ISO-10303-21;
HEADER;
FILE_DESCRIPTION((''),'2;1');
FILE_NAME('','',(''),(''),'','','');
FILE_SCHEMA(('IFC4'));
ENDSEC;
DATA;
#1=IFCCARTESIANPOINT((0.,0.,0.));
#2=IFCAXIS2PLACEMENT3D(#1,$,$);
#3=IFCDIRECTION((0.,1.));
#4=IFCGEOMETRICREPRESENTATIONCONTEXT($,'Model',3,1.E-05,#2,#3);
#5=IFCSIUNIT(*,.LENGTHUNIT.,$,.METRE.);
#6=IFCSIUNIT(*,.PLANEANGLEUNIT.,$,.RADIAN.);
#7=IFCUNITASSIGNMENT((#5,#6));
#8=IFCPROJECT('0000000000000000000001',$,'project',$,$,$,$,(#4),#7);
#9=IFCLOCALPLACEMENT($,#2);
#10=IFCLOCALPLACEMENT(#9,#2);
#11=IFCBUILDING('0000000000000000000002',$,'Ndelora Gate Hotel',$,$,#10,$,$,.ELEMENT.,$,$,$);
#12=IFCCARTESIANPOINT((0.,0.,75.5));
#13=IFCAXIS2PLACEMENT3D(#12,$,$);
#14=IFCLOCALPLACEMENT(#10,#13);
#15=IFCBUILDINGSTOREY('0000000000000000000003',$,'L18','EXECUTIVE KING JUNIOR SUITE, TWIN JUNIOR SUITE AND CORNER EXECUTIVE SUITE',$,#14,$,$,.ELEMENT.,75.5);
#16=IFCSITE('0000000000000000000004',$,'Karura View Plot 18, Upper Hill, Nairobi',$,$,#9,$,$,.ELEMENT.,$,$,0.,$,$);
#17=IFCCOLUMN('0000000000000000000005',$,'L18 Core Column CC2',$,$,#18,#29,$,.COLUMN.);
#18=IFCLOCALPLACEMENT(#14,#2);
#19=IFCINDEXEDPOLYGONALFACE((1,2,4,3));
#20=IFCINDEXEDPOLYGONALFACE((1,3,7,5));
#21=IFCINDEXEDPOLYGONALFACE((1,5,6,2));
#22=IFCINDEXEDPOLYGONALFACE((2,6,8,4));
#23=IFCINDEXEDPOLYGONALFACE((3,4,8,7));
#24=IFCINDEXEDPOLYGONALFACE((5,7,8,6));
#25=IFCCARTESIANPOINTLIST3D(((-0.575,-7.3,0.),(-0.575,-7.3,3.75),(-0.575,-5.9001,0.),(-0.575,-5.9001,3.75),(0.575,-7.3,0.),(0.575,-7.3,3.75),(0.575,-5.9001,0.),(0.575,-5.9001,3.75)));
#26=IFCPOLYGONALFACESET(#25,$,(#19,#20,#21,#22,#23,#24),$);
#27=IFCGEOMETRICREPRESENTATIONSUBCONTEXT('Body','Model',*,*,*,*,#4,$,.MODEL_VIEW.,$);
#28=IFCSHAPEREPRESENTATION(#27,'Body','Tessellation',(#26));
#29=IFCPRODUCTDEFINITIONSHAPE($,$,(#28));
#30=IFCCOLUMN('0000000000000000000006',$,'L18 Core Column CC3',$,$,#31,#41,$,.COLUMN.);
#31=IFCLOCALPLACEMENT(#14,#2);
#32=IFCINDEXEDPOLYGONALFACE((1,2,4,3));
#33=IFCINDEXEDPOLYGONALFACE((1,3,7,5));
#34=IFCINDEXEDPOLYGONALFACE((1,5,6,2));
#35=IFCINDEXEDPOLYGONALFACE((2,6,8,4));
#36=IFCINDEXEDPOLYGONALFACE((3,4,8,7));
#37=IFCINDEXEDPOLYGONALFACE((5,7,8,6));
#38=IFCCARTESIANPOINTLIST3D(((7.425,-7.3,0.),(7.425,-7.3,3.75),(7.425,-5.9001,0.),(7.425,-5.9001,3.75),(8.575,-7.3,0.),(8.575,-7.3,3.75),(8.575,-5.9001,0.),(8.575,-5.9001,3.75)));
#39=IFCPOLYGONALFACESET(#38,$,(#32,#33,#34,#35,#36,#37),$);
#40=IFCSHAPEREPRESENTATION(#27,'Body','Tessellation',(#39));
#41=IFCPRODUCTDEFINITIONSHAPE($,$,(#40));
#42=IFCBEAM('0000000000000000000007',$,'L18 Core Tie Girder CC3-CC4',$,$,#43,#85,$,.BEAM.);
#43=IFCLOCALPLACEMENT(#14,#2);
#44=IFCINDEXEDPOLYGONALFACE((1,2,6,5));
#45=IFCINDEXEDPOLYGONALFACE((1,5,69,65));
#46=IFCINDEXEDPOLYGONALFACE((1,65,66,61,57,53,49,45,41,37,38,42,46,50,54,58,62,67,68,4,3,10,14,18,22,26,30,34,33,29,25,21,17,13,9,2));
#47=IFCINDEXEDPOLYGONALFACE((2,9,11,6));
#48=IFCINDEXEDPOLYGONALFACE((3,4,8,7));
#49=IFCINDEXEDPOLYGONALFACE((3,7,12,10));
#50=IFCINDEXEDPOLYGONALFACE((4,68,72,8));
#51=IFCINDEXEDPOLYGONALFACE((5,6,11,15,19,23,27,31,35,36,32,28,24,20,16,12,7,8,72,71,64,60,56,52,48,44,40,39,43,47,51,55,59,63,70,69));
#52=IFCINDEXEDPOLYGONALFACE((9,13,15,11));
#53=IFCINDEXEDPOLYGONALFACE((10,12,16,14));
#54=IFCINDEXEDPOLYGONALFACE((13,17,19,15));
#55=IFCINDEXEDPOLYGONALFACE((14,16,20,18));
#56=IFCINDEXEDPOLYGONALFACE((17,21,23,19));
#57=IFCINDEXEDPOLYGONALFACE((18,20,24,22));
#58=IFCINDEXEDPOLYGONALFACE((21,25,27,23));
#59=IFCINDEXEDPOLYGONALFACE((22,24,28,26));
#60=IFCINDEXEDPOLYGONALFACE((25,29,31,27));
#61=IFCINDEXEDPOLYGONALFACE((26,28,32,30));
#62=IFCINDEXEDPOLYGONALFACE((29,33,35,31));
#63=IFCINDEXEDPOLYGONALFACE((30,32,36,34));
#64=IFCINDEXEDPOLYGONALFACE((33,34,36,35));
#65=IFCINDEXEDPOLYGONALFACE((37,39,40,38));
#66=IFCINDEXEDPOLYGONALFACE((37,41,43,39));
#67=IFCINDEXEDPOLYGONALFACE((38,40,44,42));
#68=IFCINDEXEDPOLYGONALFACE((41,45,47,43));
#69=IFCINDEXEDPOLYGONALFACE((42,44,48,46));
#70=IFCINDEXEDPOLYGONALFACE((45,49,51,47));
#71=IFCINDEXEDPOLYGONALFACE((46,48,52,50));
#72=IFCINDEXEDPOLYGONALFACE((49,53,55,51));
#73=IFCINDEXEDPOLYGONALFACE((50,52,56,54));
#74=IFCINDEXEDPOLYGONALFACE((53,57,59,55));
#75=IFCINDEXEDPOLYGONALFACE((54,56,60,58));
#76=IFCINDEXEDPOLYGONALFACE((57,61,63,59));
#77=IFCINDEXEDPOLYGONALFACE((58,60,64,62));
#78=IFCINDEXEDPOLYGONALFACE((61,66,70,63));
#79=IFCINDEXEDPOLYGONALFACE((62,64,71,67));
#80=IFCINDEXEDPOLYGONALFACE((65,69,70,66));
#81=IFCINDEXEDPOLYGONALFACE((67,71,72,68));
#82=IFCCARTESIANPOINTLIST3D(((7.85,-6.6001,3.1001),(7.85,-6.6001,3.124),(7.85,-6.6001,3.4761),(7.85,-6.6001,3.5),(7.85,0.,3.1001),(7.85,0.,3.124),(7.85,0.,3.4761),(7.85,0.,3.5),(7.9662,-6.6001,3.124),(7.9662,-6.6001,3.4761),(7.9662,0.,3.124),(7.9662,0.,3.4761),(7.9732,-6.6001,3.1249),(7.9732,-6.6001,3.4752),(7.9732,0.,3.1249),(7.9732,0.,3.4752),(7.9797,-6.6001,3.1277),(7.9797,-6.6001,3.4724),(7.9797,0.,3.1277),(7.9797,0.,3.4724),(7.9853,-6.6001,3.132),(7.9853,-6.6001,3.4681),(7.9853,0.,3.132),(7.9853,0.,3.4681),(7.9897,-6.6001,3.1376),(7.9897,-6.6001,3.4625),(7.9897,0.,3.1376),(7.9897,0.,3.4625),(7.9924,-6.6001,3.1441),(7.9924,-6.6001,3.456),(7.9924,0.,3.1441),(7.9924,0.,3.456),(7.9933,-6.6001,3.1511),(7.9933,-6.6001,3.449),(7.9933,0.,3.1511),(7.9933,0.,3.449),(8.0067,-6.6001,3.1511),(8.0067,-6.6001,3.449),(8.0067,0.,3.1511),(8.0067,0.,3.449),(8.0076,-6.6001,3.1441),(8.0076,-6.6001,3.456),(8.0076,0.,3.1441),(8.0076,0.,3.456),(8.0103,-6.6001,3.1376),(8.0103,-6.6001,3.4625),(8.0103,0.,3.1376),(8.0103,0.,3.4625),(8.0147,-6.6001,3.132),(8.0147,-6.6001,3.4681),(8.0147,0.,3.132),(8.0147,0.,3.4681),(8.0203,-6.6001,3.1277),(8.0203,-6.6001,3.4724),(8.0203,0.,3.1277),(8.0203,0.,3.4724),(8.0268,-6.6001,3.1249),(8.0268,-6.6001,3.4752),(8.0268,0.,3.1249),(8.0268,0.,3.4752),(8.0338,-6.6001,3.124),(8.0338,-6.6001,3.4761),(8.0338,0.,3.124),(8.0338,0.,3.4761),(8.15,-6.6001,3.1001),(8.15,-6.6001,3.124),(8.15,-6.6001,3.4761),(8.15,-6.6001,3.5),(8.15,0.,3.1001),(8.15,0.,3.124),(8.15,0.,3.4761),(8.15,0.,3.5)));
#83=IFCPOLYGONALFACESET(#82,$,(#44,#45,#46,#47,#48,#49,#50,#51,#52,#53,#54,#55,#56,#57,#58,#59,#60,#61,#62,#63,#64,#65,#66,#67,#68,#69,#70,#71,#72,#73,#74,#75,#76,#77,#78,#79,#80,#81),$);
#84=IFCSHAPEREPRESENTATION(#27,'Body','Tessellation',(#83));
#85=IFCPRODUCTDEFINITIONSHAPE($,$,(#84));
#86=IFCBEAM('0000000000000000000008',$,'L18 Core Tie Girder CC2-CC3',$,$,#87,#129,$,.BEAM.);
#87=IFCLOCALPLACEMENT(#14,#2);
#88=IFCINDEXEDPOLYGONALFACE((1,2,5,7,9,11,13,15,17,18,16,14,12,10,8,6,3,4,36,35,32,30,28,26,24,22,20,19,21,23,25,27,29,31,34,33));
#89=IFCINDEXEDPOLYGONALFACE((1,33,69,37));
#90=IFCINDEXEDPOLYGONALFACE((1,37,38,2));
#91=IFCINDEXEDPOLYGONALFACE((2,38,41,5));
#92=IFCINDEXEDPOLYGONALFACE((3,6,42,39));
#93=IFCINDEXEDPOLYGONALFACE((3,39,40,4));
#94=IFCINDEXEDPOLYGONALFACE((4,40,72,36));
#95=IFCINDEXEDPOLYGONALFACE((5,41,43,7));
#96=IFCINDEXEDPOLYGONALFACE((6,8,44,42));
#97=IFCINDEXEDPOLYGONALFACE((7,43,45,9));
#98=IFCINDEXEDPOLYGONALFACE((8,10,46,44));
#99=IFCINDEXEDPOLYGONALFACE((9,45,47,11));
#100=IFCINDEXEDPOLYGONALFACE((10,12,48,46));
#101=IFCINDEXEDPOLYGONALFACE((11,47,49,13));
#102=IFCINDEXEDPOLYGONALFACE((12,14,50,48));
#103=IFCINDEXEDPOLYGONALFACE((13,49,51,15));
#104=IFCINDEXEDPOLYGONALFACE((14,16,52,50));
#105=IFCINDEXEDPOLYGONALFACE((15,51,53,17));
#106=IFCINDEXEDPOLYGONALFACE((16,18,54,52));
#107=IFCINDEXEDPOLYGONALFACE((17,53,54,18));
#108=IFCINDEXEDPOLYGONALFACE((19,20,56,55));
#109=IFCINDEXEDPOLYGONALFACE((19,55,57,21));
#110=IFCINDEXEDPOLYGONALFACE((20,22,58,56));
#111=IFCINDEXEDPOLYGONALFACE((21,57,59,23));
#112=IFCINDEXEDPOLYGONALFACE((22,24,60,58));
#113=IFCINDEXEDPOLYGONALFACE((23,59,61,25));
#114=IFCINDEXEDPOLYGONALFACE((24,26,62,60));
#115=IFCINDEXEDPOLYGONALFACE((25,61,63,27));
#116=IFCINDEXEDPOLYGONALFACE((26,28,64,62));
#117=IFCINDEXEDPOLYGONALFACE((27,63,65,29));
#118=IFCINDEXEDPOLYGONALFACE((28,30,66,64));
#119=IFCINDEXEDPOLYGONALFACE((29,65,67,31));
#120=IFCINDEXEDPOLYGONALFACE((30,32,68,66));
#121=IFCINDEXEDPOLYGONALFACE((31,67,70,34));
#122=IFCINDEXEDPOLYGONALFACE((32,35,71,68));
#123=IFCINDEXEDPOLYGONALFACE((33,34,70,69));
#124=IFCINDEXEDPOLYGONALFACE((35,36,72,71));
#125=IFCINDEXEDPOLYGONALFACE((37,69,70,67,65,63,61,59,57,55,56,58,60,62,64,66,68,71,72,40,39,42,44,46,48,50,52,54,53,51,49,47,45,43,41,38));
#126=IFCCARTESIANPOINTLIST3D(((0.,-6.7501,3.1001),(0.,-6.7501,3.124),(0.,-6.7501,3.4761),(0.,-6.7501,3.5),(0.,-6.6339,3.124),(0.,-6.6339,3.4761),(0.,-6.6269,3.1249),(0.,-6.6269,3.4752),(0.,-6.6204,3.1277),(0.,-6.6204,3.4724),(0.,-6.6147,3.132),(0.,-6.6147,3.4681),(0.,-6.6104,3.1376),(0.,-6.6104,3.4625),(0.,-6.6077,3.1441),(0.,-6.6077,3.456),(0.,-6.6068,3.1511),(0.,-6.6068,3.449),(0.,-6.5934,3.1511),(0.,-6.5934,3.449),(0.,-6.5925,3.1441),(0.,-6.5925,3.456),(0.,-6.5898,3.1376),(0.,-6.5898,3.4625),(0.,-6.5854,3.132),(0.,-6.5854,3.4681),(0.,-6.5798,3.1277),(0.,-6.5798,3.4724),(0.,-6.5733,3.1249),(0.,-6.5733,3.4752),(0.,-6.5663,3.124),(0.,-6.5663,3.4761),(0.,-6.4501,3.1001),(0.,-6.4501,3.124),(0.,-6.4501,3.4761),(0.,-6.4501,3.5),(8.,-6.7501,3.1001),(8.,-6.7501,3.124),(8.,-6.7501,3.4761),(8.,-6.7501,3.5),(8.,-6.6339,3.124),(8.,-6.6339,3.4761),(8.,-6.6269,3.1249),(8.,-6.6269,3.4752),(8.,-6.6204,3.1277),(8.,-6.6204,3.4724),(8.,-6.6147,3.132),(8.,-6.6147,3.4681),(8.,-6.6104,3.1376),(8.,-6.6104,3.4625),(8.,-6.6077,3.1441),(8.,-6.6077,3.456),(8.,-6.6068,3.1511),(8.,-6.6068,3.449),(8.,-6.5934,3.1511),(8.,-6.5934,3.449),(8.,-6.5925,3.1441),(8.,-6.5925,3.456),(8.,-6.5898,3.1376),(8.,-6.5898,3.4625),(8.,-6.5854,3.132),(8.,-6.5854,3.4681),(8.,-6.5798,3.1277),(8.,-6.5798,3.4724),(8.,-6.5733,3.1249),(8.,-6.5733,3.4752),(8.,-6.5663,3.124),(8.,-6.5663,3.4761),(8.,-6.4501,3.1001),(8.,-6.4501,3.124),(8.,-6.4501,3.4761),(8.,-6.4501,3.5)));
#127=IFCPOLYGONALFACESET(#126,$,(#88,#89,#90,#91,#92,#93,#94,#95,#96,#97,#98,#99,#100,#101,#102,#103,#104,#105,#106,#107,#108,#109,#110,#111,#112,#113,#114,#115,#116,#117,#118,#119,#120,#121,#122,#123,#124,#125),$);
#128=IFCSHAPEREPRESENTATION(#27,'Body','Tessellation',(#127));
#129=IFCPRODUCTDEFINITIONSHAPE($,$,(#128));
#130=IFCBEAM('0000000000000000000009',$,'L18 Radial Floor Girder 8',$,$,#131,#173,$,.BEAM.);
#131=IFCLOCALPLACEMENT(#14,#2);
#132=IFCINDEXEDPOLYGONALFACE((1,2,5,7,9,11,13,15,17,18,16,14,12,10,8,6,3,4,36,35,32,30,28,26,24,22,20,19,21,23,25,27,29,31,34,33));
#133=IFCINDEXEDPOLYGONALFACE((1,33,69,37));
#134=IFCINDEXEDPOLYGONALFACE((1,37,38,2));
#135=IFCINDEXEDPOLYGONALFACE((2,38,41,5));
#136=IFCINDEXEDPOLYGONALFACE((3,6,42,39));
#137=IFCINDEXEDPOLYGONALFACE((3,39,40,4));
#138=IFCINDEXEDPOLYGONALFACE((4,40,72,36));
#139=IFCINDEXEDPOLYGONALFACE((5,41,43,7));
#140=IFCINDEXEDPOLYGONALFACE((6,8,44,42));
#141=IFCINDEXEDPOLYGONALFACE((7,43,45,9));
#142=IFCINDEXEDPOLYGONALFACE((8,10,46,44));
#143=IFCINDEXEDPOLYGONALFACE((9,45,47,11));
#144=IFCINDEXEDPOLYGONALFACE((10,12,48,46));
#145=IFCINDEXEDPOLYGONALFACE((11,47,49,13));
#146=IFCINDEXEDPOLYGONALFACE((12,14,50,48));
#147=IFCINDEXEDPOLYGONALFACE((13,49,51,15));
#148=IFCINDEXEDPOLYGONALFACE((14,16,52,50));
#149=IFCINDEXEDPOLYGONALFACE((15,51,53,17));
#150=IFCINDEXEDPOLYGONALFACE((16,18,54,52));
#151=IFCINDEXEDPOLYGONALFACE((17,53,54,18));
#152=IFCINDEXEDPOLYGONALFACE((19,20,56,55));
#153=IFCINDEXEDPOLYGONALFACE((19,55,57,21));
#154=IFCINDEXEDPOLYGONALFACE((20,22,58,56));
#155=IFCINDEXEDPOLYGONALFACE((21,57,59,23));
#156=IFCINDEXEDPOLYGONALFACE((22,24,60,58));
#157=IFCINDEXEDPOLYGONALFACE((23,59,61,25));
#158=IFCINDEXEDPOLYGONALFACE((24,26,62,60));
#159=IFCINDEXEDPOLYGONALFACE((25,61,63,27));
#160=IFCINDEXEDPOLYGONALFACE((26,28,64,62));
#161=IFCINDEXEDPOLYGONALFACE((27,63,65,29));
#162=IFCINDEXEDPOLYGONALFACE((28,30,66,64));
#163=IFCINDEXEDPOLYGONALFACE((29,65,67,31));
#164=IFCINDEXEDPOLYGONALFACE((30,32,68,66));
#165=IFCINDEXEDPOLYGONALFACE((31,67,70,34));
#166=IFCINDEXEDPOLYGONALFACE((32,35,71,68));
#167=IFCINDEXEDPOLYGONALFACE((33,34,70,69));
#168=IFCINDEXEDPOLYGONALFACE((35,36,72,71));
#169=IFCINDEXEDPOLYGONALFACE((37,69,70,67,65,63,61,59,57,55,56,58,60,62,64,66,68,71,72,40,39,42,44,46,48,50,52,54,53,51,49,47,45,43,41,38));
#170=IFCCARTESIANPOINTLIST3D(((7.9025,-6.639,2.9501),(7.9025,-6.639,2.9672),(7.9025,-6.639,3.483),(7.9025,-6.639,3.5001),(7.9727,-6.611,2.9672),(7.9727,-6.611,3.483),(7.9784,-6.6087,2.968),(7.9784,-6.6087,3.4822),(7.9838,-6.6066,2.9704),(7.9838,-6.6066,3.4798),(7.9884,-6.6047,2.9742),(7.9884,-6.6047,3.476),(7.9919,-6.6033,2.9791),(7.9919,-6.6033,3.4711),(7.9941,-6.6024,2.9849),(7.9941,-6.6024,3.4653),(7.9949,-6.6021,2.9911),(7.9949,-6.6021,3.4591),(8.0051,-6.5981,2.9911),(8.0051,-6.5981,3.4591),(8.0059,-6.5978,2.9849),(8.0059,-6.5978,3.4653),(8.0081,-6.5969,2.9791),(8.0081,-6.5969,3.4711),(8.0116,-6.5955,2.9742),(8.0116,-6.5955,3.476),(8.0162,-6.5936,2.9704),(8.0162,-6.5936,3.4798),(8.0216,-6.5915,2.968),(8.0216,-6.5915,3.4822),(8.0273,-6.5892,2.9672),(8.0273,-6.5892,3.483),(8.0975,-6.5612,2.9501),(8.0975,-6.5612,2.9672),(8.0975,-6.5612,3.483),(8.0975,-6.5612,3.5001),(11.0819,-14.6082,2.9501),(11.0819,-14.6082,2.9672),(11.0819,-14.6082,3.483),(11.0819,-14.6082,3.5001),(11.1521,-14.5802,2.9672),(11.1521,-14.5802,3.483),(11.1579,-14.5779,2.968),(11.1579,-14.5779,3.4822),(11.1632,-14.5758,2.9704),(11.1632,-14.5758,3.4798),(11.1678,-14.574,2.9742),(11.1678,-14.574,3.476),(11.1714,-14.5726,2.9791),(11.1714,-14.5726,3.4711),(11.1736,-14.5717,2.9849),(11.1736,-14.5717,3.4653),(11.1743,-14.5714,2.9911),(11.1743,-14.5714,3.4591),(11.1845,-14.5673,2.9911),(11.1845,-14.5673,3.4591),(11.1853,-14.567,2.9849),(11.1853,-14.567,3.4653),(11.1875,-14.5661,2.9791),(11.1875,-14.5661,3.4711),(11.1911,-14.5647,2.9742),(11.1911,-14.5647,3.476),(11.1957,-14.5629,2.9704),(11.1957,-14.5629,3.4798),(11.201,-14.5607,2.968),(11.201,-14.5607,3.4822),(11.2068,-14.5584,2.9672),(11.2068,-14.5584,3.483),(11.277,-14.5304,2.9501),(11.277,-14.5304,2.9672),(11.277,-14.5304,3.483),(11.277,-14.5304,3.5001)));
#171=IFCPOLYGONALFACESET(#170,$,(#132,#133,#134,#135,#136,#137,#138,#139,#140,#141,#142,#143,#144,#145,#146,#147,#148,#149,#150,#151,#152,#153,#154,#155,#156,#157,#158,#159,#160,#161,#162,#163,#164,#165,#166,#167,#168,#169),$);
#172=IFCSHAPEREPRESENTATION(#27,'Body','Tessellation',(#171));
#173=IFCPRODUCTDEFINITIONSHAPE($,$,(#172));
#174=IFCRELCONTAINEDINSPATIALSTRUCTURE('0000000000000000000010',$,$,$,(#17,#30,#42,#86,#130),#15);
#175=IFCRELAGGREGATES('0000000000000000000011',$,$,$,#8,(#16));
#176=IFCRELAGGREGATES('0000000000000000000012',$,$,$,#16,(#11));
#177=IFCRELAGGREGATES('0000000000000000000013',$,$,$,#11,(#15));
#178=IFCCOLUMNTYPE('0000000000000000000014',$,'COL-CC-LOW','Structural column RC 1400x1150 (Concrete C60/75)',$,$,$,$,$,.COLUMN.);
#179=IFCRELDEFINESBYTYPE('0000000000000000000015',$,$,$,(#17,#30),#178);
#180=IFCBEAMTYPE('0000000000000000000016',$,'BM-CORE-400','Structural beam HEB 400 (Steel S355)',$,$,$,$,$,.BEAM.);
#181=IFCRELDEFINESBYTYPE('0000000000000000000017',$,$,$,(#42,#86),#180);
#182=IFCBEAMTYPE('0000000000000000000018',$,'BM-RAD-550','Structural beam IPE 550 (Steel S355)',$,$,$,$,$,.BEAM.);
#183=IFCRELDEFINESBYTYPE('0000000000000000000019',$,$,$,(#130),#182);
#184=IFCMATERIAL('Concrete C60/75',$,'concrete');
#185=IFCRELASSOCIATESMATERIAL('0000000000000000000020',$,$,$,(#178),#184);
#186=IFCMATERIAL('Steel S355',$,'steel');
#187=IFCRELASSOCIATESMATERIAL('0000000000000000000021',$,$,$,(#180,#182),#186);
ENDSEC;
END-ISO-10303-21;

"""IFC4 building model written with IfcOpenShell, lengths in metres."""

from ifc_helpers import new_model, si_unit, direction, frame, origin, origin_2d, place, context, subcontext, project, spatial, rectangle, i_section, extrude, material, material_profile, profile_set, type_object, element, save


model = new_model("IFC4")

# Units and contexts
model_context = context("Model", 3, precision=1e-05, world=origin(), true_north=direction((0.0, 1.0)))
body_context = subcontext(model_context, "Body", "Model", "MODEL_VIEW")
ifc_project = project(units=[si_unit("LENGTHUNIT", "METRE"), si_unit("PLANEANGLEUNIT", "RADIAN")], contexts=[model_context])

# Site, building, storey
site_placement = place(None, origin())
site = spatial("IfcSite", under=ifc_project, at=site_placement, Name="Karura View Plot 18, Upper Hill, Nairobi", CompositionType="ELEMENT", RefElevation=0.0)
building_placement = place(site_placement, origin())
building = spatial("IfcBuilding", under=site, at=building_placement, Name="Ndelora Gate Hotel", CompositionType="ELEMENT")
storey_placement = place(building_placement, frame((0.0, 0.0, 75.5)))
storey = spatial("IfcBuildingStorey", under=building, at=storey_placement, Name="L18", Description="EXECUTIVE KING JUNIOR SUITE, TWIN JUNIOR SUITE AND CORNER EXECUTIVE SUITE", CompositionType="ELEMENT", Elevation=75.5)

# Columns
ifc_material_1 = material(Name="Concrete C60/75", Category="concrete")
ifc_material_profile_1 = material_profile(ifc_material_1, rectangle(XDim=1.1499, YDim=1.3999, at=origin_2d()), Name="RC 1400x1150")
ifc_profile_set_1 = profile_set([ifc_material_profile_1], Name="Concrete C60/75")
column_type = type_object("IfcColumnType", Name="COL-CC-LOW", Description="Structural column RC 1400x1150 (Concrete C60/75)", PredefinedType="COLUMN", material=ifc_profile_set_1)
for number, where, z_axis, x_axis, name in (
    (1, (0.0, -6.6001, 0.0), (0.0, 0.0, 1.0), (1.0, 0.0, 0.0), "L18 Core Column CC2"),
    (2, (8.0, -6.6001, 0.0), (0.0, 0.0, 1.0), (1.0, 0.0, 0.0), "L18 Core Column CC3"),
):
    element("IfcColumn", number, at=place(storey_placement, frame(where, z_axis=z_axis, x_axis=x_axis)), inside=storey, type_object=column_type, Name=name, PredefinedType="COLUMN", context=body_context, shape_type="SweptSolid", body=[
        extrude(rectangle(XDim=1.1499, YDim=1.3999, at=origin_2d()), origin(), (0.0, 0.0, 1.0), 3.75),
    ])

# Beams
ifc_material_2 = material(Name="Steel S355", Category="steel")
ifc_material_profile_2 = material_profile(ifc_material_2, i_section(OverallWidth=0.3, OverallDepth=0.3999, WebThickness=0.0134, FlangeThickness=0.0239, FilletRadius=0.0271, at=origin_2d()), Name="HEB 400")
ifc_profile_set_2 = profile_set([ifc_material_profile_2], Name="Steel S355")
beam_type_1 = type_object("IfcBeamType", Name="BM-CORE-400", Description="Structural beam HEB 400 (Steel S355)", PredefinedType="BEAM", material=ifc_profile_set_2)
beam_1_placement = place(storey_placement, frame((8.0, -6.6001, 3.3), z_axis=(0.0, 1.0, 0.0), x_axis=(-1.0, 0.0, 0.0)))
element("IfcBeam", 3, at=beam_1_placement, inside=storey, type_object=beam_type_1, Name="L18 Core Tie Girder CC3-CC4", PredefinedType="BEAM", context=body_context, shape_type="SweptSolid", body=[
    extrude(i_section(OverallWidth=0.3, OverallDepth=0.3999, WebThickness=0.0134, FlangeThickness=0.0239, FilletRadius=0.0271, at=origin_2d()), origin(), (0.0, 0.0, 1.0), 6.6001),
])
beam_2_placement = place(storey_placement, frame((0.0, -6.6001, 3.3), z_axis=(1.0, 0.0, 0.0), x_axis=(0.0, 1.0, 0.0)))
element("IfcBeam", 4, at=beam_2_placement, inside=storey, type_object=beam_type_1, Name="L18 Core Tie Girder CC2-CC3", PredefinedType="BEAM", context=body_context, shape_type="SweptSolid", body=[
    extrude(i_section(OverallWidth=0.3, OverallDepth=0.3999, WebThickness=0.0134, FlangeThickness=0.0239, FilletRadius=0.0271, at=origin_2d()), origin(), (0.0, 0.0, 1.0), 8.0),
])
ifc_material_profile_3 = material_profile(ifc_material_2, i_section(OverallWidth=0.21, OverallDepth=0.55, WebThickness=0.011, FlangeThickness=0.0171, FilletRadius=0.0239, at=origin_2d()), Name="IPE 550")
ifc_profile_set_3 = profile_set([ifc_material_profile_3], Name="Steel S355")
beam_type_2 = type_object("IfcBeamType", Name="BM-RAD-550", Description="Structural beam IPE 550 (Steel S355)", PredefinedType="BEAM", material=ifc_profile_set_3)
beam_3_placement = place(storey_placement, frame((8.0, -6.6001, 3.2251), z_axis=(0.370561, -0.928808, 0.0), x_axis=(0.928808, 0.370561, 0.0)))
element("IfcBeam", 5, at=beam_3_placement, inside=storey, type_object=beam_type_2, Name="L18 Radial Floor Girder 8", PredefinedType="BEAM", context=body_context, shape_type="SweptSolid", body=[
    extrude(i_section(OverallWidth=0.21, OverallDepth=0.55, WebThickness=0.011, FlangeThickness=0.0171, FilletRadius=0.0239, at=origin_2d()), origin(), (0.0, 0.0, 1.0), 8.5801),
])

save(model, "model.ifc")
